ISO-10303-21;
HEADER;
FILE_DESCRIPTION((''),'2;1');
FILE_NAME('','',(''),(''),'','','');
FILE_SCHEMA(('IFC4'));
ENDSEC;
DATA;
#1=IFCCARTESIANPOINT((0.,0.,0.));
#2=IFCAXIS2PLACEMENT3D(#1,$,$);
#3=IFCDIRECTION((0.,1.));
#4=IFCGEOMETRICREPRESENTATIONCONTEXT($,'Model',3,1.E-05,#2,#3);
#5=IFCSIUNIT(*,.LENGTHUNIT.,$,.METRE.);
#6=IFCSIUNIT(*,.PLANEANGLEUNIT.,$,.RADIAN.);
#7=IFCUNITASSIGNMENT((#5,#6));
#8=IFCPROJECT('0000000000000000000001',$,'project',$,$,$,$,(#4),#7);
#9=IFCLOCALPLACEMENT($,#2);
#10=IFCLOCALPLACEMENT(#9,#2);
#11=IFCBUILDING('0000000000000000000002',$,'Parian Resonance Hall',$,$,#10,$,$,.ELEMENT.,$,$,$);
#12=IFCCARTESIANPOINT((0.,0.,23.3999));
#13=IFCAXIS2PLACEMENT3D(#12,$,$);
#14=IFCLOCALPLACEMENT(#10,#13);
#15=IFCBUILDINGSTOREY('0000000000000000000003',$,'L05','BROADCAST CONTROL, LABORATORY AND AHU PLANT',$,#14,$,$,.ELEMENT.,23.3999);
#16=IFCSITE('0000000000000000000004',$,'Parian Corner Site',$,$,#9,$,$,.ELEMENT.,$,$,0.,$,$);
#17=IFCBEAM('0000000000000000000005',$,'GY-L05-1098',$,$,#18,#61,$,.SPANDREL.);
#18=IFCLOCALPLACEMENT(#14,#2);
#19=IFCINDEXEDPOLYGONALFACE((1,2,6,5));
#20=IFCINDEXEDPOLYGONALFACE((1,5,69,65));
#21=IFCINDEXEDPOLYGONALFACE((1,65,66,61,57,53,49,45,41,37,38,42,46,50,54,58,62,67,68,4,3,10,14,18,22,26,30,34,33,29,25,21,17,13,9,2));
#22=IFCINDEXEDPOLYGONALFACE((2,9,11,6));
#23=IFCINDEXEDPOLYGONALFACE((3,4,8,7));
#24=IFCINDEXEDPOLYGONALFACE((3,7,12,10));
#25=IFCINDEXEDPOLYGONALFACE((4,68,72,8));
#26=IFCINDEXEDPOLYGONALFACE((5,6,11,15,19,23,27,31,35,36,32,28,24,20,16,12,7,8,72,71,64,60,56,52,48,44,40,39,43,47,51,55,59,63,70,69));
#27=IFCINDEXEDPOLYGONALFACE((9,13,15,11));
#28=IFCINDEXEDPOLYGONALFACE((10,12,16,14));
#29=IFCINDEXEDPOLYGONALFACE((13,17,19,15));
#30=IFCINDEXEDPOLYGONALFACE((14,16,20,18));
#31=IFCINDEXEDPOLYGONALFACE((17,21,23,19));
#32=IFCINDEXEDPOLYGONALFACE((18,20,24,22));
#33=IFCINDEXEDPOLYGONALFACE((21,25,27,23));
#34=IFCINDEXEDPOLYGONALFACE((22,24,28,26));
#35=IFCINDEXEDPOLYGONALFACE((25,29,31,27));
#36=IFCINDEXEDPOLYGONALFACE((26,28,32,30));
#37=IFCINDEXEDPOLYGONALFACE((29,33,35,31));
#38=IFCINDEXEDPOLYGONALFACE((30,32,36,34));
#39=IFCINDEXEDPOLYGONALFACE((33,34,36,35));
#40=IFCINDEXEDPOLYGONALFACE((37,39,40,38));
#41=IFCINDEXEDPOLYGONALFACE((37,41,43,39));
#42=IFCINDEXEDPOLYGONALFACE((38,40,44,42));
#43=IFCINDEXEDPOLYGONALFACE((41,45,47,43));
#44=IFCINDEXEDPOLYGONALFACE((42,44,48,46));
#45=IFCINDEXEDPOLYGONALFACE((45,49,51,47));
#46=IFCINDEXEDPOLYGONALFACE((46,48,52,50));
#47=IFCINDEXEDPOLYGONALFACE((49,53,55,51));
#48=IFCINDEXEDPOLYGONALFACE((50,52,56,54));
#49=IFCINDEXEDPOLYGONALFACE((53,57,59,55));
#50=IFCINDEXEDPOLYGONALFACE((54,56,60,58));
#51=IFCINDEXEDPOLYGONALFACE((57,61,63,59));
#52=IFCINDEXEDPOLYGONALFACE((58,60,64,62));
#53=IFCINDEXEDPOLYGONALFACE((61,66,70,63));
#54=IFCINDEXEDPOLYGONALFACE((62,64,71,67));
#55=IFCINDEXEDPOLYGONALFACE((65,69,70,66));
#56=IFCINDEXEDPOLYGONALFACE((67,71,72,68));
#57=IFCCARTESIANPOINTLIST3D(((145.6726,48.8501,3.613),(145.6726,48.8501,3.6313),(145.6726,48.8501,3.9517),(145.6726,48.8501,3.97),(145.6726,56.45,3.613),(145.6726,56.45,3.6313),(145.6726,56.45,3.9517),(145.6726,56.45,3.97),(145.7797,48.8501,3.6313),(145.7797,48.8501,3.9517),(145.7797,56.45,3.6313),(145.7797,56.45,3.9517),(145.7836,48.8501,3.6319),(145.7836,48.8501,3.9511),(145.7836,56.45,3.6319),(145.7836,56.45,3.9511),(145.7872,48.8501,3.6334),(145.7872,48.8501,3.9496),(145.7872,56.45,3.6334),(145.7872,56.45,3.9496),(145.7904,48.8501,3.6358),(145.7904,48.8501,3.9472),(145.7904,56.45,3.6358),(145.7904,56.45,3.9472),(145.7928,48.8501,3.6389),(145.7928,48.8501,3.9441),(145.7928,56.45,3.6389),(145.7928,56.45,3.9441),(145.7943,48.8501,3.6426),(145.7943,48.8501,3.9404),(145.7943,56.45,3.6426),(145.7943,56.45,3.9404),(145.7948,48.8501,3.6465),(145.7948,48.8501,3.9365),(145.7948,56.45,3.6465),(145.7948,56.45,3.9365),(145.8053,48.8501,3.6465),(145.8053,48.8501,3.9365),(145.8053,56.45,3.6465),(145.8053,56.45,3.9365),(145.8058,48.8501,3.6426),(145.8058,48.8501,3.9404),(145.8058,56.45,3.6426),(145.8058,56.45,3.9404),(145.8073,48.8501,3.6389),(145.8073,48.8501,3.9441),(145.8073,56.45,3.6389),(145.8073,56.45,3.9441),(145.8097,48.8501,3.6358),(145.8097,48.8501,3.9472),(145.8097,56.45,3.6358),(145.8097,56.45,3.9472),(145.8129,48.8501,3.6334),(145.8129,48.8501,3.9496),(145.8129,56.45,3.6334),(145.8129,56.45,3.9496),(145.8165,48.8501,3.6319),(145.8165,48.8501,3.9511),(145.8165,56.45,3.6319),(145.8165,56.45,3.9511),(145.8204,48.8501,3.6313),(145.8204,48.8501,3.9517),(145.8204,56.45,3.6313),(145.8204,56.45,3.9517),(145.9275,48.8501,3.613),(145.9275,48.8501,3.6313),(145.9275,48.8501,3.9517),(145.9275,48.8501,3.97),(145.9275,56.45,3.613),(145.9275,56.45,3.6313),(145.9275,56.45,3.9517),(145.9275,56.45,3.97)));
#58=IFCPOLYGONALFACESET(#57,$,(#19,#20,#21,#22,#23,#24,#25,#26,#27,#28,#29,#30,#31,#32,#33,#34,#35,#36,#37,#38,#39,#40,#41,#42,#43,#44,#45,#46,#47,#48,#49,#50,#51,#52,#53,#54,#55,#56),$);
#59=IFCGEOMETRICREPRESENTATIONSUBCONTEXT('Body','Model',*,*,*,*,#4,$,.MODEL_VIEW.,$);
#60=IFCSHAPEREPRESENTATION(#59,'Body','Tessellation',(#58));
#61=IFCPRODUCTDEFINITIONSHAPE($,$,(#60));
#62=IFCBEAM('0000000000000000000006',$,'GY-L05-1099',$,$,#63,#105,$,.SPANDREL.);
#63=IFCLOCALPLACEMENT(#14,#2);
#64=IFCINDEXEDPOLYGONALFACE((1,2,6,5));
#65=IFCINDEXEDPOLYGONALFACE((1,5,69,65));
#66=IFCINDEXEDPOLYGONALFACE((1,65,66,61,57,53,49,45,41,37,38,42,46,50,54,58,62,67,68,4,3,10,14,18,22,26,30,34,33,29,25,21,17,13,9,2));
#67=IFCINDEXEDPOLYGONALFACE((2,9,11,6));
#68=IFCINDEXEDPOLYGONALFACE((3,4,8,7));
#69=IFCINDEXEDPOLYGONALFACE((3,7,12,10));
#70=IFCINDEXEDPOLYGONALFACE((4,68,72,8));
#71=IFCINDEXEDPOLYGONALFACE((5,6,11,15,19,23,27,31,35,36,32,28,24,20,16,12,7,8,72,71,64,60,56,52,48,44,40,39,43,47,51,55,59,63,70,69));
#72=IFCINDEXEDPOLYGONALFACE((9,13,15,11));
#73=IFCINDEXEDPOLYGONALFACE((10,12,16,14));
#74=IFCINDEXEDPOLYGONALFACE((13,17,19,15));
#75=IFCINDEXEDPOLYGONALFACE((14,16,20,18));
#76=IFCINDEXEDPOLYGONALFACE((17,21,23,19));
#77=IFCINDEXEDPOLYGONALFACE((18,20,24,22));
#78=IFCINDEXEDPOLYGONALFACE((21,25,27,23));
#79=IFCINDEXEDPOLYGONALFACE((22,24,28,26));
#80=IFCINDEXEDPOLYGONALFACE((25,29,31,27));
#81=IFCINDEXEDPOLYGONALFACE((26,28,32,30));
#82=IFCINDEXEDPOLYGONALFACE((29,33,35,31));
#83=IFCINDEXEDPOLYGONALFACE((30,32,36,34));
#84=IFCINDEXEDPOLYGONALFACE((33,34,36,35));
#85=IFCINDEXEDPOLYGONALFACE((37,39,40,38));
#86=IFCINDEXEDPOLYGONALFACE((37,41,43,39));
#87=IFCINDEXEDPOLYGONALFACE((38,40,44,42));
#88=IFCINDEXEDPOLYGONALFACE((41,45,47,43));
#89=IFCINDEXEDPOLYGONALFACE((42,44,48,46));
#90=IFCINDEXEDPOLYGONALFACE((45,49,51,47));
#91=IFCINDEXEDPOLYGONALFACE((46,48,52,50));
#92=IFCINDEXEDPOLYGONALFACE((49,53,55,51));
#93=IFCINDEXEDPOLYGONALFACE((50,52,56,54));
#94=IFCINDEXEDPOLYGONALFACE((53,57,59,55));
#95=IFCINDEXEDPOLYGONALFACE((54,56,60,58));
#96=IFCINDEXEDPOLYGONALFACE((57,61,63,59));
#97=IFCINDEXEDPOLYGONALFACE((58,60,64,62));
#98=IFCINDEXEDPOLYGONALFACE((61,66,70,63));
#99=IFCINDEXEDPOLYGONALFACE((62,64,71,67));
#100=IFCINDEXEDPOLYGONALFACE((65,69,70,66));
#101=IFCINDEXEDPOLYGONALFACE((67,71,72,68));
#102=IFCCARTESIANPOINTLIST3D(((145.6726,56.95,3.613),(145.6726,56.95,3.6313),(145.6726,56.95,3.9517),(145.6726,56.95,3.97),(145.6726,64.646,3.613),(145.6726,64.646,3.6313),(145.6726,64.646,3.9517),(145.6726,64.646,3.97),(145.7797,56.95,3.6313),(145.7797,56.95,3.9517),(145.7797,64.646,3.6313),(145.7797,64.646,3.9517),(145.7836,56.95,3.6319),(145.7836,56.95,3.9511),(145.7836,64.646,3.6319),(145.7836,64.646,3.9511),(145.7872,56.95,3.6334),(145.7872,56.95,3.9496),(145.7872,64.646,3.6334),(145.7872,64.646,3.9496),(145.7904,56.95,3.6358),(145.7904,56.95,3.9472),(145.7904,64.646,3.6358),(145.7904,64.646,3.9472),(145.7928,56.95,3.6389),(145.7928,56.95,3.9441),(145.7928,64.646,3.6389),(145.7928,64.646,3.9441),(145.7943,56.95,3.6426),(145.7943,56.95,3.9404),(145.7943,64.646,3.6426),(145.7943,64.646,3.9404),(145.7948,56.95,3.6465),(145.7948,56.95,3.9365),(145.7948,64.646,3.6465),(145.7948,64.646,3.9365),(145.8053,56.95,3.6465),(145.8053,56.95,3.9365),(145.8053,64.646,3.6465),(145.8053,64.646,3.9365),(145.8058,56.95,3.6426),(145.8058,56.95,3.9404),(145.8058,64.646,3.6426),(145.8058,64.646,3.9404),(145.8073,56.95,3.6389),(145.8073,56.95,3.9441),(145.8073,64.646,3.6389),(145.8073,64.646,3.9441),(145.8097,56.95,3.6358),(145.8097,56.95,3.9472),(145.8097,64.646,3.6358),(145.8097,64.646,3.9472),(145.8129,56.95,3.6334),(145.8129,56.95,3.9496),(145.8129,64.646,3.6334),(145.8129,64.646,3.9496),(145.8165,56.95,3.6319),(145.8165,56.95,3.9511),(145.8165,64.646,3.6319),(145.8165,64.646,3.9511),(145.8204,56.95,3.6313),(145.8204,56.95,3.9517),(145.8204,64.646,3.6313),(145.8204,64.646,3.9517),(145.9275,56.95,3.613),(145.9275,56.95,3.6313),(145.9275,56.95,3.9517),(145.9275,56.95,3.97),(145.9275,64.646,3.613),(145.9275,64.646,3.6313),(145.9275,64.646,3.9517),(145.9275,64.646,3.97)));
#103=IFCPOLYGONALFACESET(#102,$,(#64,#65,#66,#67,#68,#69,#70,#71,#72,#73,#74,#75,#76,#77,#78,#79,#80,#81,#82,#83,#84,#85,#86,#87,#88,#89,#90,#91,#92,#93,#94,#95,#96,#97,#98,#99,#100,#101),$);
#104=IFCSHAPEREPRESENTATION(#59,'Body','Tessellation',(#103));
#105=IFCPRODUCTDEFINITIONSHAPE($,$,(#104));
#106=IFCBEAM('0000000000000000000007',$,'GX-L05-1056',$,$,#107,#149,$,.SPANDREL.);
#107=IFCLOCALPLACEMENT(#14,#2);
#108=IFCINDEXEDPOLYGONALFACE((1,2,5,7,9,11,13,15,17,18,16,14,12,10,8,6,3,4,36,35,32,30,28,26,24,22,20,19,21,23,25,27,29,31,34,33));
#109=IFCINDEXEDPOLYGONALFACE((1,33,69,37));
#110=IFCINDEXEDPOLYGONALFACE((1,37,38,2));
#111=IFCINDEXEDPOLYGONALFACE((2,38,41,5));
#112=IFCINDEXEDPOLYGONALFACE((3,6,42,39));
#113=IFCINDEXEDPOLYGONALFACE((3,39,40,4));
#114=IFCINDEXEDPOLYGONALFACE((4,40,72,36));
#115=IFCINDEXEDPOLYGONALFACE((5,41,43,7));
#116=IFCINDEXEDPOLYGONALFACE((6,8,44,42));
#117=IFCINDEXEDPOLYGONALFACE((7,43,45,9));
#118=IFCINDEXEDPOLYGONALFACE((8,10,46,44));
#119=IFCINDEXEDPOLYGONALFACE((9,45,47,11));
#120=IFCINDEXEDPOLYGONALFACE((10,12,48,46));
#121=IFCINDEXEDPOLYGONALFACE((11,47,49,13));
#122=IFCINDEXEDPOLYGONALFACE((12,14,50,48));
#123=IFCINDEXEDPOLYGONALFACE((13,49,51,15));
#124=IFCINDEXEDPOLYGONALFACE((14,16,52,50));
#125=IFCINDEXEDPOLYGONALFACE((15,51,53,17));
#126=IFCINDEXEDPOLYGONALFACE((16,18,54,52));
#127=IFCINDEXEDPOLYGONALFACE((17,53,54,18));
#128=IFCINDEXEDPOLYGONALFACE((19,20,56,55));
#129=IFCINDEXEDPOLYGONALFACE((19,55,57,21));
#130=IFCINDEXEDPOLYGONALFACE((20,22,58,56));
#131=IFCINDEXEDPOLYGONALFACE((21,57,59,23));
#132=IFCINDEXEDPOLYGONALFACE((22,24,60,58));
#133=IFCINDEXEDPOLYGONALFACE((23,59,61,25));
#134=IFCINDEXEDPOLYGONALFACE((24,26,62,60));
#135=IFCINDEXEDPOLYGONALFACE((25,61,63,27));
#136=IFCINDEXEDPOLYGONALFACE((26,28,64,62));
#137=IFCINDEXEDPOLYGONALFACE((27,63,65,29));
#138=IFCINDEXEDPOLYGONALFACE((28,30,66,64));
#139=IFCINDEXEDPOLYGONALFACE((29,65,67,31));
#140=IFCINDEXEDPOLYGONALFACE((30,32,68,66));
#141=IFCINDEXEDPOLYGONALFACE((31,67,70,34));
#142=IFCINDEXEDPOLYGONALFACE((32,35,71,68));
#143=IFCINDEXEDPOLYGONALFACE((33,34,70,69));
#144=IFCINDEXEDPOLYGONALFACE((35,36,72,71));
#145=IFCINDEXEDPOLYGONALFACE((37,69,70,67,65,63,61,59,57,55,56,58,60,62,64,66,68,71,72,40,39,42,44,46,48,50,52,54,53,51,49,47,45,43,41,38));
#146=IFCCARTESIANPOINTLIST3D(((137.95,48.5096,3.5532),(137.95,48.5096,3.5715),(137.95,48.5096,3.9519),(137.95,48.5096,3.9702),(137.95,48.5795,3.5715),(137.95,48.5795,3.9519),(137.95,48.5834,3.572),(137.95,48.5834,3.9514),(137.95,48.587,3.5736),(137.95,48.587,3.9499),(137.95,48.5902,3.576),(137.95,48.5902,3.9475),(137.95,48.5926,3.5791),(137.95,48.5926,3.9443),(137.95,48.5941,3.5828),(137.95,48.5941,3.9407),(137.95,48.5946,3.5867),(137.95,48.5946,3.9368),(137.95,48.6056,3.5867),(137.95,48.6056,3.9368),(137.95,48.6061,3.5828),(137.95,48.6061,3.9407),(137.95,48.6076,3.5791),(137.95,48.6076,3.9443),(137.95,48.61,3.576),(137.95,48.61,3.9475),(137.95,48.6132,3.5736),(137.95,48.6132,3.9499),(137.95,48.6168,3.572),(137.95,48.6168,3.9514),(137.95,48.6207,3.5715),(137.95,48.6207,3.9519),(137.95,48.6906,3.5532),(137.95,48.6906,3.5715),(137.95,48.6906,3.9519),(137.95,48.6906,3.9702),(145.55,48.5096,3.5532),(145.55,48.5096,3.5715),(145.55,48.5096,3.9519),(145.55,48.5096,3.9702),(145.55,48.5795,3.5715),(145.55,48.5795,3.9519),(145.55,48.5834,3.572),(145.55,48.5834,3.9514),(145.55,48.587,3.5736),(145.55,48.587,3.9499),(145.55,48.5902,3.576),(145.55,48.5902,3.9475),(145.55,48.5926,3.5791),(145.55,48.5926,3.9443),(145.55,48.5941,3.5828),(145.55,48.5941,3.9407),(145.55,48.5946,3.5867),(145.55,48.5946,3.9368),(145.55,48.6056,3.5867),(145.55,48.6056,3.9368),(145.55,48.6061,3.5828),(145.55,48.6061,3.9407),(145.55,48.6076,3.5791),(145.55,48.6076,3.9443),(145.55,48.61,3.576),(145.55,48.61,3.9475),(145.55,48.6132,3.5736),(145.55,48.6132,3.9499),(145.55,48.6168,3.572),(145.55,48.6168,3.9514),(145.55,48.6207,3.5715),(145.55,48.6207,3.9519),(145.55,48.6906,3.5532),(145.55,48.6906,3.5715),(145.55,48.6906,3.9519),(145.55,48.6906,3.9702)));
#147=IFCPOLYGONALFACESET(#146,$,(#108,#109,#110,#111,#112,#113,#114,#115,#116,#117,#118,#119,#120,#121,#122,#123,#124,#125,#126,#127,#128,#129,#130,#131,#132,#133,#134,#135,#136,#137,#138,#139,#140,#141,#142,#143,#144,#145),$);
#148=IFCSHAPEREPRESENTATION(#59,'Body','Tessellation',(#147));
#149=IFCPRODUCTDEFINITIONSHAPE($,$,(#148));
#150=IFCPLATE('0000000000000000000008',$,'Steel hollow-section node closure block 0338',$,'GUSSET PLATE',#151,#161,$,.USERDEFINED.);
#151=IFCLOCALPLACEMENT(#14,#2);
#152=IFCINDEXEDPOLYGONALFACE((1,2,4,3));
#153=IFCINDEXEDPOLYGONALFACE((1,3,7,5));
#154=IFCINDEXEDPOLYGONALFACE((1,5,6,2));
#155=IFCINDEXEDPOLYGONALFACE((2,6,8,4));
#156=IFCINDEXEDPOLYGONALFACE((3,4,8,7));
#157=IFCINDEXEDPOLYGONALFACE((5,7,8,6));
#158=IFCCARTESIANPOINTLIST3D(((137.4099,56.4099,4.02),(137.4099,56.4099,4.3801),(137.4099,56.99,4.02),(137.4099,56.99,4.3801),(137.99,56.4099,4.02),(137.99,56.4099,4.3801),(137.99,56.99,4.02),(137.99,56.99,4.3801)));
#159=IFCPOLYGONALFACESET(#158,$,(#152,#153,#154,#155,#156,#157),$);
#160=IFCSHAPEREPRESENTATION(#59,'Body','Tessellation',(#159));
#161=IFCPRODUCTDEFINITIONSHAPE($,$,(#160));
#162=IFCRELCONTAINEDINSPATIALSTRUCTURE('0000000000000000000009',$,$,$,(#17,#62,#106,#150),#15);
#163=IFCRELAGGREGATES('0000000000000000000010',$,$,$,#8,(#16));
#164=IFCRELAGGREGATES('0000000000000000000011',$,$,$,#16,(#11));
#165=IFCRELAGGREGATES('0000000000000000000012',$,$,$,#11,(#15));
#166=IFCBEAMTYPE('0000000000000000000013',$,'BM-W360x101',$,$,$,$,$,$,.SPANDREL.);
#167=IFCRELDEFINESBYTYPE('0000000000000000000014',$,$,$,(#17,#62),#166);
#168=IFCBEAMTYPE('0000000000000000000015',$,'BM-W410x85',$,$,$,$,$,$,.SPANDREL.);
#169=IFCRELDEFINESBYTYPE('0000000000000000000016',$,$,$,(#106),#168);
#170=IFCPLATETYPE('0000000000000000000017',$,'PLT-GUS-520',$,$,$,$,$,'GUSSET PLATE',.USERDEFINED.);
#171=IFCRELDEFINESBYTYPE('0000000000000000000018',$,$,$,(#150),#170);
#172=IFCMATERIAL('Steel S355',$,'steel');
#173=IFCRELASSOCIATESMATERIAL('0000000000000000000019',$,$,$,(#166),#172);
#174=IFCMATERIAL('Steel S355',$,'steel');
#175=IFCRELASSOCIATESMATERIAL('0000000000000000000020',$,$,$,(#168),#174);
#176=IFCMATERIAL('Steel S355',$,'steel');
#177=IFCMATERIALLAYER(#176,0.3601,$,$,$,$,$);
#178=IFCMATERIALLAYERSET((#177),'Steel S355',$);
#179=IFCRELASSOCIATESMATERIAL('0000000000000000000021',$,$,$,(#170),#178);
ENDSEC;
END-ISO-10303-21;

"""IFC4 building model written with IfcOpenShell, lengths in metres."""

from ifc_helpers import new_model, si_unit, direction, frame, origin, origin_2d, place, context, subcontext, project, spatial, rectangle, i_section, extrude, material, layer, layer_set, material_profile, profile_set, type_object, element, save


model = new_model("IFC4")

# Units and contexts
model_context = context("Model", 3, precision=1e-05, world=origin(), true_north=direction((0.0, 1.0)))
body_context = subcontext(model_context, "Body", "Model", "MODEL_VIEW")
ifc_project = project(units=[si_unit("LENGTHUNIT", "METRE"), si_unit("PLANEANGLEUNIT", "RADIAN")], contexts=[model_context])

# Site, building, storey
site_placement = place(None, origin())
site = spatial("IfcSite", under=ifc_project, at=site_placement, Name="Parian Corner Site", CompositionType="ELEMENT", RefElevation=0.0)
building_placement = place(site_placement, origin())
building = spatial("IfcBuilding", under=site, at=building_placement, Name="Parian Resonance Hall", CompositionType="ELEMENT")
storey_placement = place(building_placement, frame((0.0, 0.0, 23.3999)))
storey = spatial("IfcBuildingStorey", under=building, at=storey_placement, Name="L05", Description="BROADCAST CONTROL, LABORATORY AND AHU PLANT", CompositionType="ELEMENT", Elevation=23.3999)

# Beams
ifc_material_1 = material(Name="Steel S355", Category="steel")
ifc_material_profile_1 = material_profile(ifc_material_1, i_section(OverallWidth=0.2549, OverallDepth=0.3569, WebThickness=0.0105, FlangeThickness=0.0183, FilletRadius=0.0151, at=origin_2d()), Name="W360x101")
ifc_profile_set_1 = profile_set([ifc_material_profile_1], Name="Steel S355")
beam_type_1 = type_object("IfcBeamType", Name="BM-W360x101", PredefinedType="SPANDREL", material=ifc_profile_set_1)
beam_1_placement = place(storey_placement, frame((145.8, 48.8501, 3.7915), z_axis=(0.0, 1.0, 0.0), x_axis=(-1.0, 0.0, 0.0)))
element("IfcBeam", 1, at=beam_1_placement, inside=storey, type_object=beam_type_1, Name="GY-L05-1098", PredefinedType="SPANDREL", context=body_context, shape_type="SweptSolid", body=[
    extrude(i_section(OverallWidth=0.2549, OverallDepth=0.3569, WebThickness=0.0105, FlangeThickness=0.0183, FilletRadius=0.0151, at=origin_2d()), origin(), (0.0, 0.0, 1.0), 7.5999),
])
beam_2_placement = place(storey_placement, frame((145.8, 56.95, 3.7915), z_axis=(0.0, 1.0, 0.0), x_axis=(-1.0, 0.0, 0.0)))
element("IfcBeam", 2, at=beam_2_placement, inside=storey, type_object=beam_type_1, Name="GY-L05-1099", PredefinedType="SPANDREL", context=body_context, shape_type="SweptSolid", body=[
    extrude(i_section(OverallWidth=0.2549, OverallDepth=0.3569, WebThickness=0.0105, FlangeThickness=0.0183, FilletRadius=0.0151, at=origin_2d()), origin(), (0.0, 0.0, 1.0), 7.696),
])
ifc_material_2 = material(Name="Steel S355", Category="steel")
ifc_material_profile_2 = material_profile(ifc_material_2, i_section(OverallWidth=0.1809, OverallDepth=0.417, WebThickness=0.011, FlangeThickness=0.0183, FilletRadius=0.0151, at=origin_2d()), Name="W410x85")
ifc_profile_set_2 = profile_set([ifc_material_profile_2], Name="Steel S355")
beam_type_2 = type_object("IfcBeamType", Name="BM-W410x85", PredefinedType="SPANDREL", material=ifc_profile_set_2)
beam_3_placement = place(storey_placement, frame((137.95, 48.6001, 3.7617), z_axis=(1.0, 0.0, 0.0), x_axis=(0.0, 1.0, 0.0)))
element("IfcBeam", 3, at=beam_3_placement, inside=storey, type_object=beam_type_2, Name="GX-L05-1056", PredefinedType="SPANDREL", context=body_context, shape_type="SweptSolid", body=[
    extrude(i_section(OverallWidth=0.1809, OverallDepth=0.417, WebThickness=0.011, FlangeThickness=0.0183, FilletRadius=0.0151, at=origin_2d()), origin(), (0.0, 0.0, 1.0), 7.6001),
])

# Plate
ifc_material_3 = material(Name="Steel S355", Category="steel")
ifc_layer_1 = layer(ifc_material_3, 0.3601)
ifc_layer_set_1 = layer_set([ifc_layer_1], Name="Steel S355")
plate_type = type_object("IfcPlateType", Name="PLT-GUS-520", ElementType="GUSSET PLATE", PredefinedType="USERDEFINED", material=ifc_layer_set_1)
plate_placement = place(storey_placement, frame((137.7, 56.7, 4.02), z_axis=(0.0, 0.0, 1.0), x_axis=(1.0, 0.0, 0.0)))
element("IfcPlate", 4, at=plate_placement, inside=storey, type_object=plate_type, Name="Steel hollow-section node closure block 0338", ObjectType="GUSSET PLATE", PredefinedType="USERDEFINED", context=body_context, shape_type="SweptSolid", body=[
    extrude(rectangle(XDim=0.5801, YDim=0.5801, at=origin_2d()), origin(), (0.0, 0.0, 1.0), 0.3601),
])

save(model, "model.ifc")
